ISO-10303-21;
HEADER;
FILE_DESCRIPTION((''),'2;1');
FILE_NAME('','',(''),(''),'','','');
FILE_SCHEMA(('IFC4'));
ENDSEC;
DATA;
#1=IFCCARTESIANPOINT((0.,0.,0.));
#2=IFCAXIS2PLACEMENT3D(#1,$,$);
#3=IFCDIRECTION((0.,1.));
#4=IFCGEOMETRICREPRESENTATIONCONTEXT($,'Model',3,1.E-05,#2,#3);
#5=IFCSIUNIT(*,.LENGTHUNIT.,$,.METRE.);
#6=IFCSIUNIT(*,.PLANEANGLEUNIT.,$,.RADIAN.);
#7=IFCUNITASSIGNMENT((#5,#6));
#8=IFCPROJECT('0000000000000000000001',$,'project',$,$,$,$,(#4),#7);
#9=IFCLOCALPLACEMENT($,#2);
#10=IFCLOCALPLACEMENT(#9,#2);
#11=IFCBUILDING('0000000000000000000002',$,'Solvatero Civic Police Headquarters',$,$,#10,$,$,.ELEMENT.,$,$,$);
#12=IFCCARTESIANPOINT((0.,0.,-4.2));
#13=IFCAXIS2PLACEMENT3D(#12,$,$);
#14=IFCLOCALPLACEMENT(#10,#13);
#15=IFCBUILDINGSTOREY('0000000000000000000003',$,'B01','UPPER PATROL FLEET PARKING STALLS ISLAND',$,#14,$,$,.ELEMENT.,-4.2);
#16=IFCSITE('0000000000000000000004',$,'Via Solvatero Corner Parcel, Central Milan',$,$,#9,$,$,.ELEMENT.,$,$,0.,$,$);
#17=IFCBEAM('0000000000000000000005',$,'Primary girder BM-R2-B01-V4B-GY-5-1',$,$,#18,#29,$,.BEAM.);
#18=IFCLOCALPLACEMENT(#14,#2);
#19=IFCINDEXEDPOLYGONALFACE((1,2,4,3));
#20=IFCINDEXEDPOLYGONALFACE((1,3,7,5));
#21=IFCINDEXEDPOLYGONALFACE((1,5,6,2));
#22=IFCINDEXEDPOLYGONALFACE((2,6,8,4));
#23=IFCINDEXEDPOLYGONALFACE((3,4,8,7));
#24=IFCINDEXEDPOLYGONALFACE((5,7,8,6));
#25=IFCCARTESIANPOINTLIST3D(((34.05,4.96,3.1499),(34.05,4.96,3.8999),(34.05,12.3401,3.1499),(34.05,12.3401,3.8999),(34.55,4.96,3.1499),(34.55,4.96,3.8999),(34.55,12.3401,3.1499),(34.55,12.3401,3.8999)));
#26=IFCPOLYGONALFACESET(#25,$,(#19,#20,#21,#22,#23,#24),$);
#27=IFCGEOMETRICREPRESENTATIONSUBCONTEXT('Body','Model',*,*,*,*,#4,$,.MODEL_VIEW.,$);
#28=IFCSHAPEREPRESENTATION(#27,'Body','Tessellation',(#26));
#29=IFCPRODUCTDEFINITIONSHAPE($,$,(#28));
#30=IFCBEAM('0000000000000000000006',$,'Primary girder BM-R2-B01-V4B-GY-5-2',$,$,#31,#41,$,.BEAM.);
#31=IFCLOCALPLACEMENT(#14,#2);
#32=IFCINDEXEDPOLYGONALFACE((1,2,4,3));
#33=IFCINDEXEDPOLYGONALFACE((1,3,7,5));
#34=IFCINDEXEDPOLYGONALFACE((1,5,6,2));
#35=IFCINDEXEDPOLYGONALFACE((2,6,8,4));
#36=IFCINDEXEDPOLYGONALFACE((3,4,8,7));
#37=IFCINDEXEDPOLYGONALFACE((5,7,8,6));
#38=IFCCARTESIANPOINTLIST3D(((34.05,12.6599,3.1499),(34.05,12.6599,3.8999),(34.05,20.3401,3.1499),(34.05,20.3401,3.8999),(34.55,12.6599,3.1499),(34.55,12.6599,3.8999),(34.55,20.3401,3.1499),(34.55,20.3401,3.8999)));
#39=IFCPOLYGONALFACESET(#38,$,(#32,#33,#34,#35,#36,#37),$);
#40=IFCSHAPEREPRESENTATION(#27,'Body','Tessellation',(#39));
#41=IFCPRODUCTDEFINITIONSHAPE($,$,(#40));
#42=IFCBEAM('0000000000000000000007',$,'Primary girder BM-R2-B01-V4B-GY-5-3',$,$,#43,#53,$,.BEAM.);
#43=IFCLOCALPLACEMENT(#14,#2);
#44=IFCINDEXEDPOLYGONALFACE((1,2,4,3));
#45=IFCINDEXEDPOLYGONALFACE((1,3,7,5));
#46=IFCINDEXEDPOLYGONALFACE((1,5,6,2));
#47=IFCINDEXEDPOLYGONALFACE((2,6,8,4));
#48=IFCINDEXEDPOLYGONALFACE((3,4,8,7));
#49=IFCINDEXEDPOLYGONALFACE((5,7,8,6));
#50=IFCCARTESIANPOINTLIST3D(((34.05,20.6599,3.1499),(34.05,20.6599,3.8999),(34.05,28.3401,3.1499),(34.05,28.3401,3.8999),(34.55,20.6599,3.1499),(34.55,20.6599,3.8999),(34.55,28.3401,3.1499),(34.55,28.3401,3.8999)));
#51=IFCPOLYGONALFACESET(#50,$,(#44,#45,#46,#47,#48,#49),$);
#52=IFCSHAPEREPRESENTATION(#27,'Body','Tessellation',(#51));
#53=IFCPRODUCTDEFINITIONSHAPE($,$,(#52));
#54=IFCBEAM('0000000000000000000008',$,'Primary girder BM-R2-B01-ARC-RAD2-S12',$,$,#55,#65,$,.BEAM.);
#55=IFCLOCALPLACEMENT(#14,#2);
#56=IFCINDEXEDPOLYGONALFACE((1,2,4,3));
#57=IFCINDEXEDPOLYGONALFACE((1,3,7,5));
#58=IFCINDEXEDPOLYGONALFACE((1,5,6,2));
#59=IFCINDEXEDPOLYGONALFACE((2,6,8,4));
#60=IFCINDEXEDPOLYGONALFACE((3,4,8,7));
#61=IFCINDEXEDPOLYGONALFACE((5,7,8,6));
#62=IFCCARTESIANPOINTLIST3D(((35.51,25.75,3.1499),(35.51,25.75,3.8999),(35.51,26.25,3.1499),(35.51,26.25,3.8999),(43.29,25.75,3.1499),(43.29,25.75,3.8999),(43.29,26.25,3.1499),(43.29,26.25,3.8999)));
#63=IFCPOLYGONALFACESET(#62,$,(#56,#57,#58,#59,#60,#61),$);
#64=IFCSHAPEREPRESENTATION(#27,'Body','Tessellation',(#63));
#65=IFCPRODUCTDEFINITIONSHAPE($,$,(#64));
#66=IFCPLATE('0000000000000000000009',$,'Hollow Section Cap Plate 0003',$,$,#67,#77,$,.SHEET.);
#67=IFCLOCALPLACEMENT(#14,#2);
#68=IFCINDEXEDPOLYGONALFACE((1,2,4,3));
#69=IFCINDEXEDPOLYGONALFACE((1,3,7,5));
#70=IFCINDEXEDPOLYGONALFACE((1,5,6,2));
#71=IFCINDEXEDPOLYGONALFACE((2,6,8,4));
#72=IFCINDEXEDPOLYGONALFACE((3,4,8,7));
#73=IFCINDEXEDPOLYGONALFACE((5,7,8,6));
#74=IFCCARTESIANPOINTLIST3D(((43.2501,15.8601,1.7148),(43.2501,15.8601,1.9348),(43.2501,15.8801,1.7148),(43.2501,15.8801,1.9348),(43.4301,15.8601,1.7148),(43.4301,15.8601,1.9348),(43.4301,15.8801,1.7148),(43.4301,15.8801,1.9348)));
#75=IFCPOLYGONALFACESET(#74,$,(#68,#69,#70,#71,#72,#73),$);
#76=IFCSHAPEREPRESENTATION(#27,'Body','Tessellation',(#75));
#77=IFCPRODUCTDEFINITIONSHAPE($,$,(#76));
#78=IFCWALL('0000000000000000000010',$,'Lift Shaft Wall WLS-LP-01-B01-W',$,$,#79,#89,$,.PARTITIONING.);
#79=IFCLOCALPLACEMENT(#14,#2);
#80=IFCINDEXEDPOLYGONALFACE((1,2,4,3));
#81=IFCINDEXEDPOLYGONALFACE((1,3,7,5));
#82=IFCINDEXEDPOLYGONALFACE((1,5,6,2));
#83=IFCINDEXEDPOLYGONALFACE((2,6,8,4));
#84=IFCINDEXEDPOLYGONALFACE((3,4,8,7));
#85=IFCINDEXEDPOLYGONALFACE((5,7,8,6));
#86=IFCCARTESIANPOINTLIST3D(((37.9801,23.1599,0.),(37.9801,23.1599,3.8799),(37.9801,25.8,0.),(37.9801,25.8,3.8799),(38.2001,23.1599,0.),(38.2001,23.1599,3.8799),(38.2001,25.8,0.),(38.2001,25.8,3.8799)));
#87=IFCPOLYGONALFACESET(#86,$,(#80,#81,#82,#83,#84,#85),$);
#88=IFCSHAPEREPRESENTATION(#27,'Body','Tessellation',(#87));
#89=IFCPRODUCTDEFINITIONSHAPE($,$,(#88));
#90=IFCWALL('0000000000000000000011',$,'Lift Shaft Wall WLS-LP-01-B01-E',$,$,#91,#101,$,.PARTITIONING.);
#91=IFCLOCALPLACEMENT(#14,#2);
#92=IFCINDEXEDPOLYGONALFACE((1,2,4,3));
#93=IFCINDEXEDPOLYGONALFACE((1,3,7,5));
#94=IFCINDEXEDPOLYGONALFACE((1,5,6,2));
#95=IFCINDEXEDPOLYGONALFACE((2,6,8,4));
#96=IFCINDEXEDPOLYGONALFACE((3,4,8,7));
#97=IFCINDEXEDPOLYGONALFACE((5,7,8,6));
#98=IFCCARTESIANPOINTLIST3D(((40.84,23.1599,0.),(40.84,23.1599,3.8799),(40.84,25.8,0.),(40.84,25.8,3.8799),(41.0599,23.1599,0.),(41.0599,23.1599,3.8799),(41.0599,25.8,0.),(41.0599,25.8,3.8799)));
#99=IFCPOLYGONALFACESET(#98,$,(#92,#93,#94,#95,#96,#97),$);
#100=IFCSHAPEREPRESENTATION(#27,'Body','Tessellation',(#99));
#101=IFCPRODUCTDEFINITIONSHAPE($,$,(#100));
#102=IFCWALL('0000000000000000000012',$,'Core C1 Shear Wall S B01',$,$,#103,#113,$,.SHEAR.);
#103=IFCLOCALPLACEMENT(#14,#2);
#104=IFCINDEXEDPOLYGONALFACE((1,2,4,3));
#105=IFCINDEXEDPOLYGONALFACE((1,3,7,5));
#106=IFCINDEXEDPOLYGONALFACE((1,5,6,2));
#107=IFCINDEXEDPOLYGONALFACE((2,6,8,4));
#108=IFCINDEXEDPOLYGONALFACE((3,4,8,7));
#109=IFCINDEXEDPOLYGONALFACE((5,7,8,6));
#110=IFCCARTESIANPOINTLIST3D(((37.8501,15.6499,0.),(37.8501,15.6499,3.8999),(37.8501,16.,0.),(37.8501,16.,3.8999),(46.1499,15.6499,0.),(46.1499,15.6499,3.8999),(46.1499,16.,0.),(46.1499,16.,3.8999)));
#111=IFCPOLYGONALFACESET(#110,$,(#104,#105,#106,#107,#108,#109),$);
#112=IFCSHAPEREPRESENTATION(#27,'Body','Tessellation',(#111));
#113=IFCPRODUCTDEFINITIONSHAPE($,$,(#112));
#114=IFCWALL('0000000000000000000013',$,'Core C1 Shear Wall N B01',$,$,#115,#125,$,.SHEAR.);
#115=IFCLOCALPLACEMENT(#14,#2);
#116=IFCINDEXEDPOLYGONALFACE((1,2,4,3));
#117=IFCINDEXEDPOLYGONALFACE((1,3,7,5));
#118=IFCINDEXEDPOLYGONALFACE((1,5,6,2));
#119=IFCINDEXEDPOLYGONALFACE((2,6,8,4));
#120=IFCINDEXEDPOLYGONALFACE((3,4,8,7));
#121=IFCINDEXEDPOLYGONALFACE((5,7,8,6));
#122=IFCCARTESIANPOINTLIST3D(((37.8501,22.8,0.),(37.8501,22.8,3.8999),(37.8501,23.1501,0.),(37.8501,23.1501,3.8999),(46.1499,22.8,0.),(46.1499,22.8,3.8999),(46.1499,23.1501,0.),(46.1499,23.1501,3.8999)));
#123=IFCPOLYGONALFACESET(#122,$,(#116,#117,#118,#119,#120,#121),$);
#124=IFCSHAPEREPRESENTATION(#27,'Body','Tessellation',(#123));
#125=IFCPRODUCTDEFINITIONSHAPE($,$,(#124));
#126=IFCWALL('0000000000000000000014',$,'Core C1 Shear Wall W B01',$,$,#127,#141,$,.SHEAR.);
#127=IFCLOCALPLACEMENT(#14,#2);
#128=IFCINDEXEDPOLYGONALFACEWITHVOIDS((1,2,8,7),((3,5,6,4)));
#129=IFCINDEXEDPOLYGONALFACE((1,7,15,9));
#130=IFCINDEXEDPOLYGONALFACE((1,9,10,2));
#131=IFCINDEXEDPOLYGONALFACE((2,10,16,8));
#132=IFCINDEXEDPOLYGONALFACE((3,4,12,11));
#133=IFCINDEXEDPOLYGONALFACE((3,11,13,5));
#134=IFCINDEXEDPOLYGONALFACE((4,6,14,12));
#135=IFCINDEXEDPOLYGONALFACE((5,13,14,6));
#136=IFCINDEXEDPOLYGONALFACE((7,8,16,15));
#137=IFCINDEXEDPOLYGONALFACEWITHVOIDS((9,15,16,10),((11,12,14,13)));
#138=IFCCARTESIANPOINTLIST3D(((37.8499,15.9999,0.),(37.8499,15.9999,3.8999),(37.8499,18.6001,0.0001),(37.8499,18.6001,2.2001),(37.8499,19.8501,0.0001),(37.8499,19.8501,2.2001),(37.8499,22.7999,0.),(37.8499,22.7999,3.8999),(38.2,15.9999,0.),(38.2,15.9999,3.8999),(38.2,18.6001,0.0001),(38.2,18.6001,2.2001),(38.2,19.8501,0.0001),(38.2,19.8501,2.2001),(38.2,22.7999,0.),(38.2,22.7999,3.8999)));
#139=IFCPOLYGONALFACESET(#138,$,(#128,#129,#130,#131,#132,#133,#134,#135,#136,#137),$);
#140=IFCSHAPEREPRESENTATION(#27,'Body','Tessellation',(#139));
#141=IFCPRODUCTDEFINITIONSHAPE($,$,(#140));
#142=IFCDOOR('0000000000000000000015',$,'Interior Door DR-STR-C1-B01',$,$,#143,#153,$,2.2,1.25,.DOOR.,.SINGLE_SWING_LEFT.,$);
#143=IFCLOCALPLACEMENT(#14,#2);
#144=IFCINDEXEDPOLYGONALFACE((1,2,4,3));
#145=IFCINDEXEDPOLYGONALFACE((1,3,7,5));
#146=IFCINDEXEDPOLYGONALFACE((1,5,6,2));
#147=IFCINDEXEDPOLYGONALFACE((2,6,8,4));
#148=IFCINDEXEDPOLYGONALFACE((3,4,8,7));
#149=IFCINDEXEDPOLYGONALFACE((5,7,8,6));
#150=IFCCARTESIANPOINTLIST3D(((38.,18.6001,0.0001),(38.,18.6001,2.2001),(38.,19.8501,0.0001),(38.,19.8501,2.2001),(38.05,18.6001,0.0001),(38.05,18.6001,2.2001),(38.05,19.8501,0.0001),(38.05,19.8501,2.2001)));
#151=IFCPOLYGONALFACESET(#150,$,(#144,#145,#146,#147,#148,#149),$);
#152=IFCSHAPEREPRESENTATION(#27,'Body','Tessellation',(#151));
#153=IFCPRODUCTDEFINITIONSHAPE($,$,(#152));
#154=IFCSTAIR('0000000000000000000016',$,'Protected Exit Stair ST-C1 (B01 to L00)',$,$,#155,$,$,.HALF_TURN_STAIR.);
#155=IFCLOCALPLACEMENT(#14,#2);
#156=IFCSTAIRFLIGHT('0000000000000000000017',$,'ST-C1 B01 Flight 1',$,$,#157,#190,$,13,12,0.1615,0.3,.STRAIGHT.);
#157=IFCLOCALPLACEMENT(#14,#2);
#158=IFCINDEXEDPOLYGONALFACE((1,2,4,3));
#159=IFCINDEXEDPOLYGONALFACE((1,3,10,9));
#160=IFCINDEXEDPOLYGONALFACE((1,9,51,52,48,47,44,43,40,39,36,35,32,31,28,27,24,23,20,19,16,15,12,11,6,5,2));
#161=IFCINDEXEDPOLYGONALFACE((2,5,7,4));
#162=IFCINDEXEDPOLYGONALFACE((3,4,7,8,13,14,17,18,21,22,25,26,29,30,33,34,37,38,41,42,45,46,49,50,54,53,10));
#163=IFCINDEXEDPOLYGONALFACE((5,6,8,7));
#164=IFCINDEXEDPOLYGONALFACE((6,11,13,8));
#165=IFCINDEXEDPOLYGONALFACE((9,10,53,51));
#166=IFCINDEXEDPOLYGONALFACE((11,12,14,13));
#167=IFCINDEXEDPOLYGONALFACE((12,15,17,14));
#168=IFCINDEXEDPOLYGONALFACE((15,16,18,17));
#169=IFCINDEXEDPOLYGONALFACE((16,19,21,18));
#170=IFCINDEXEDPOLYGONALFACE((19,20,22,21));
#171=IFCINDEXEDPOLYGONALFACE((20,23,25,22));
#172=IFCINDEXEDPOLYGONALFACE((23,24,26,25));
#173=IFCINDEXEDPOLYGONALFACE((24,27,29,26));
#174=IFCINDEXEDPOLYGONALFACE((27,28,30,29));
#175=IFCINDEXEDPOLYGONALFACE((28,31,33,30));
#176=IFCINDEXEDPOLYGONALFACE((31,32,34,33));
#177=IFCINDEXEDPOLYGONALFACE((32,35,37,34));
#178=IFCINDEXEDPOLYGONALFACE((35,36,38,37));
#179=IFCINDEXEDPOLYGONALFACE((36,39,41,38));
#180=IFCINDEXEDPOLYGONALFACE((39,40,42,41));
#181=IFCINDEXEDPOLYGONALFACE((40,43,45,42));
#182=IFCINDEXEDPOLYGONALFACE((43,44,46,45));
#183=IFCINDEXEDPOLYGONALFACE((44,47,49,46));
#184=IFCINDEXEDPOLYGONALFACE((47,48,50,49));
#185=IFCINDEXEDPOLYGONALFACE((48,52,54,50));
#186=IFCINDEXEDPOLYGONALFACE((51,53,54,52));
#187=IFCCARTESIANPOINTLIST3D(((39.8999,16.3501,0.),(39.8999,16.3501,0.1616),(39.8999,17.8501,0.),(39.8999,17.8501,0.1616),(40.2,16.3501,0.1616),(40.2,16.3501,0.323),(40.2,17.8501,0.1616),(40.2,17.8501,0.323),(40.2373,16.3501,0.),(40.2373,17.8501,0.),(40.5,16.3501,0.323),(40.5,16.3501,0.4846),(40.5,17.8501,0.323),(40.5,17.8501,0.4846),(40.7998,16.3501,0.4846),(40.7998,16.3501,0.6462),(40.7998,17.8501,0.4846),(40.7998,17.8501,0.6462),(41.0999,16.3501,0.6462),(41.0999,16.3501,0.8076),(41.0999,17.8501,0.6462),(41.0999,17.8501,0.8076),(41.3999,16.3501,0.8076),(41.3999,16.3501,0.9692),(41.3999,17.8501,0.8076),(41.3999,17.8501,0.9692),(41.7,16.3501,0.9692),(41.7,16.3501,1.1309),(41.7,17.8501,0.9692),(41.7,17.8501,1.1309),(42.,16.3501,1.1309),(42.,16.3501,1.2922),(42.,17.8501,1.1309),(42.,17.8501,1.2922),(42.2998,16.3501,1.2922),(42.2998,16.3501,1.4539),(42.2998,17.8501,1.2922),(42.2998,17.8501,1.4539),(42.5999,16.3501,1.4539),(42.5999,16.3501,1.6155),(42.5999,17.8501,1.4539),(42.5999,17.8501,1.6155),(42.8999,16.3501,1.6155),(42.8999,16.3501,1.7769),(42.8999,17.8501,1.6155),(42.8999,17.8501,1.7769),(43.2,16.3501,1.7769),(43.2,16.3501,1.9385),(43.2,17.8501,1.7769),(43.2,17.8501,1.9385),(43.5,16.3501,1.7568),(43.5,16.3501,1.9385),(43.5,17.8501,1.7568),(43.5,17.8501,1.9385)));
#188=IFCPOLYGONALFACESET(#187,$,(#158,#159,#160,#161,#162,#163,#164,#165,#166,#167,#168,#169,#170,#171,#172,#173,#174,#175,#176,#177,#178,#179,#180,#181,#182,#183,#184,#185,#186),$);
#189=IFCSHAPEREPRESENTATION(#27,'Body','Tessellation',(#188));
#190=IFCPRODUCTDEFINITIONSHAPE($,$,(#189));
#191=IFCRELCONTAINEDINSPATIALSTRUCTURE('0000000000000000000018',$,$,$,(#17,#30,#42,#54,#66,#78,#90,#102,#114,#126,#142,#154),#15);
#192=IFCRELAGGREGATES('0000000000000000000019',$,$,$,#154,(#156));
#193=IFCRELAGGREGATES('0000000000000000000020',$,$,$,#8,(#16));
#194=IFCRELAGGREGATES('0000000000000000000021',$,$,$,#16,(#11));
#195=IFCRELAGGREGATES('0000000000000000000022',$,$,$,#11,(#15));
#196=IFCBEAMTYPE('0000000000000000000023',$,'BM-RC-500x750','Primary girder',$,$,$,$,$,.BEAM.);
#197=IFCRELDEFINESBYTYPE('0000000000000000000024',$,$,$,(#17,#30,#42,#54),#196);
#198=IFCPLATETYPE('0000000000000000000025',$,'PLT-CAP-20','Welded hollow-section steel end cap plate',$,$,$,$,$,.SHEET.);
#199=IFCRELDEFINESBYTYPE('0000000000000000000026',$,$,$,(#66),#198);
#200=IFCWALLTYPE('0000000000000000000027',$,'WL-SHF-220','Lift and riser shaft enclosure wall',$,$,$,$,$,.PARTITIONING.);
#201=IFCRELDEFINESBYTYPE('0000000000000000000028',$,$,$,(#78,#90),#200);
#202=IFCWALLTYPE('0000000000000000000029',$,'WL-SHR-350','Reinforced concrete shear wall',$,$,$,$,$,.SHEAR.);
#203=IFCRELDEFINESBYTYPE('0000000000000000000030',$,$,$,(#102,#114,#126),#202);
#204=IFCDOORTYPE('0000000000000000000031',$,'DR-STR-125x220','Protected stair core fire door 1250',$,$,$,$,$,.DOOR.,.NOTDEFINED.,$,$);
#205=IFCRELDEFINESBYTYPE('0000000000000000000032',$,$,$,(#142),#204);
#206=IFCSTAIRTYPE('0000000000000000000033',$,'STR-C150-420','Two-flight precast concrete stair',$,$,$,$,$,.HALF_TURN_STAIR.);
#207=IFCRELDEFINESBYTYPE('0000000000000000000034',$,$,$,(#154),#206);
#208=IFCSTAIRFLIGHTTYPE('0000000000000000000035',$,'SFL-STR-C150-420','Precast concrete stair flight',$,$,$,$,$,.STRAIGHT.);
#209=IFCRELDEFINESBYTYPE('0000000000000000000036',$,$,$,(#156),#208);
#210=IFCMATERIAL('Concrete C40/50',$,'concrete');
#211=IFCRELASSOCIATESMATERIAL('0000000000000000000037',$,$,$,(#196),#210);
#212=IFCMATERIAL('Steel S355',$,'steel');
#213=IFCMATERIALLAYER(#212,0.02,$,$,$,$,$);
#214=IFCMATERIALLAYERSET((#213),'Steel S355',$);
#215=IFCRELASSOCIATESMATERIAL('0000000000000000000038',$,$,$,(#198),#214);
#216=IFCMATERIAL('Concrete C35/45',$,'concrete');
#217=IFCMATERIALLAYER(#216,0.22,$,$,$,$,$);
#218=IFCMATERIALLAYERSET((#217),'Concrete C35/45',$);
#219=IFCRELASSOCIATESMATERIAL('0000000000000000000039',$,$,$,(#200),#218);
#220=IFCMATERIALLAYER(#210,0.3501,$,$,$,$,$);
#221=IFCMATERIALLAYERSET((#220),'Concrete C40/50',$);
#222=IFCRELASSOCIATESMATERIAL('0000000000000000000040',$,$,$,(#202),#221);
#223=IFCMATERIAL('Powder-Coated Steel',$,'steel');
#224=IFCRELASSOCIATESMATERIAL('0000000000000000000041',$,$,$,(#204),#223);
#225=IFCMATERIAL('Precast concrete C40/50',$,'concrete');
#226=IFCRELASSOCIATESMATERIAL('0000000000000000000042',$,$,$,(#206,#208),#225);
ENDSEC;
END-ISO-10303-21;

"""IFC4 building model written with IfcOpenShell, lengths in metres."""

from ifc_helpers import new_model, si_unit, direction, frame, frame_2d, origin, origin_2d, place, context, subcontext, project, spatial, polyline, rectangle, outline, extrude, material, layer, layer_set, material_profile, profile_set, type_object, element, fill, aggregate, save


model = new_model("IFC4")

# Units and contexts
model_context = context("Model", 3, precision=1e-05, world=origin(), true_north=direction((0.0, 1.0)))
body_context = subcontext(model_context, "Body", "Model", "MODEL_VIEW")
ifc_project = project(units=[si_unit("LENGTHUNIT", "METRE"), si_unit("PLANEANGLEUNIT", "RADIAN")], contexts=[model_context])

# Site, building, storey
site_placement = place(None, origin())
site = spatial("IfcSite", under=ifc_project, at=site_placement, Name="Via Solvatero Corner Parcel, Central Milan", CompositionType="ELEMENT", RefElevation=0.0)
building_placement = place(site_placement, origin())
building = spatial("IfcBuilding", under=site, at=building_placement, Name="Solvatero Civic Police Headquarters", CompositionType="ELEMENT")
storey_placement = place(building_placement, frame((0.0, 0.0, -4.2)))
storey = spatial("IfcBuildingStorey", under=building, at=storey_placement, Name="B01", Description="UPPER PATROL FLEET PARKING STALLS ISLAND", CompositionType="ELEMENT", Elevation=-4.2)

# Shared definitions
ifc_material_1 = material(Name="Concrete C40/50", Category="concrete")

# Beams
ifc_material_profile_1 = material_profile(ifc_material_1, rectangle(XDim=0.5, YDim=0.75, at=origin_2d()), Name="RC 500x750")
ifc_profile_set_1 = profile_set([ifc_material_profile_1], Name="Concrete C40/50")
beam_type_1 = type_object("IfcBeamType", Name="BM-RC-500x750", Description="Primary girder", PredefinedType="BEAM", material=ifc_profile_set_1)
beam_1_placement = place(storey_placement, frame((34.3, 4.96, 3.5249), z_axis=(0.0, 1.0, 0.0), x_axis=(-1.0, 0.0, 0.0)))
element("IfcBeam", 1, at=beam_1_placement, inside=storey, type_object=beam_type_1, Name="Primary girder BM-R2-B01-V4B-GY-5-1", PredefinedType="BEAM", context=body_context, shape_type="SweptSolid", body=[
    extrude(rectangle(XDim=0.5, YDim=0.75, at=origin_2d()), origin(), (0.0, 0.0, 1.0), 7.3801),
])
for number, where, z_axis, x_axis, name in (
    (2, (34.3, 12.6599, 3.5249), (0.0, 1.0, 0.0), (-1.0, 0.0, 0.0), "Primary girder BM-R2-B01-V4B-GY-5-2"),
    (3, (34.3, 20.6599, 3.5249), (0.0, 1.0, 0.0), (-1.0, 0.0, 0.0), "Primary girder BM-R2-B01-V4B-GY-5-3"),
):
    element("IfcBeam", number, at=place(storey_placement, frame(where, z_axis=z_axis, x_axis=x_axis)), inside=storey, type_object=beam_type_1, Name=name, PredefinedType="BEAM", context=body_context, shape_type="SweptSolid", body=[
        extrude(rectangle(XDim=0.5, YDim=0.75, at=origin_2d()), origin(), (0.0, 0.0, 1.0), 7.6802),
    ])
beam_2_placement = place(storey_placement, frame((43.29, 26.0, 3.5249), z_axis=(-1.0, 0.0, 0.0), x_axis=(0.0, -1.0, 0.0)))
element("IfcBeam", 4, at=beam_2_placement, inside=storey, type_object=beam_type_1, Name="Primary girder BM-R2-B01-ARC-RAD2-S12", PredefinedType="BEAM", context=body_context, shape_type="SweptSolid", body=[
    extrude(rectangle(XDim=0.5, YDim=0.75, at=origin_2d()), origin(), (0.0, 0.0, 1.0), 7.78),
])

# Plate
ifc_material_2 = material(Name="Steel S355", Category="steel")
ifc_layer_1 = layer(ifc_material_2, 0.02)
ifc_layer_set_1 = layer_set([ifc_layer_1], Name="Steel S355")
plate_type = type_object("IfcPlateType", Name="PLT-CAP-20", Description="Welded hollow-section steel end cap plate", PredefinedType="SHEET", material=ifc_layer_set_1)
plate_placement = place(storey_placement, frame((43.3401, 15.8701, 1.7148), z_axis=(0.0, 0.0, 1.0), x_axis=(1.0, 0.0, 0.0)))
element("IfcPlate", 5, at=plate_placement, inside=storey, type_object=plate_type, Name="Hollow Section Cap Plate 0003", PredefinedType="SHEET", context=body_context, shape_type="SweptSolid", body=[
    extrude(rectangle(XDim=0.1799, YDim=0.02, at=origin_2d()), origin(), (0.0, 0.0, 1.0), 0.22),
])

# Shared definitions
ifc_material_3 = material(Name="Concrete C35/45", Category="concrete")
ifc_layer_2 = layer(ifc_material_3, 0.22)
ifc_layer_set_2 = layer_set([ifc_layer_2], Name="Concrete C35/45")
wall_type_1 = type_object("IfcWallType", Name="WL-SHF-220", Description="Lift and riser shaft enclosure wall", PredefinedType="PARTITIONING", material=ifc_layer_set_2)

# Walls
for number, where, z_axis, x_axis, name in (
    (6, (38.0901, 23.1599, 0.0), (0.0, 0.0, 1.0), (0.0, 1.0, 0.0), "Lift Shaft Wall WLS-LP-01-B01-W"),
    (7, (40.95, 23.1599, 0.0), (0.0, 0.0, 1.0), (0.0, 1.0, 0.0), "Lift Shaft Wall WLS-LP-01-B01-E"),
):
    element("IfcWall", number, at=place(storey_placement, frame(where, z_axis=z_axis, x_axis=x_axis)), inside=storey, type_object=wall_type_1, Name=name, PredefinedType="PARTITIONING", context=body_context, shape_type="SweptSolid", body=[
        extrude(rectangle(XDim=2.6401, YDim=0.22, at=frame_2d((1.3201, 0.0))), origin(), (0.0, 0.0, 1.0), 3.8799),
    ])

# Walls
ifc_layer_3 = layer(ifc_material_1, 0.3501)
ifc_layer_set_3 = layer_set([ifc_layer_3], Name="Concrete C40/50")
wall_type_2 = type_object("IfcWallType", Name="WL-SHR-350", Description="Reinforced concrete shear wall", PredefinedType="SHEAR", material=ifc_layer_set_3)
for number, where, z_axis, x_axis, name in (
    (8, (37.8501, 15.825, 0.0), (0.0, 0.0, 1.0), (1.0, 0.0, 0.0), "Core C1 Shear Wall S B01"),
    (9, (37.8501, 22.9751, 0.0), (0.0, 0.0, 1.0), (1.0, 0.0, 0.0), "Core C1 Shear Wall N B01"),
):
    element("IfcWall", number, at=place(storey_placement, frame(where, z_axis=z_axis, x_axis=x_axis)), inside=storey, type_object=wall_type_2, Name=name, PredefinedType="SHEAR", context=body_context, shape_type="SweptSolid", body=[
        extrude(rectangle(XDim=8.2998, YDim=0.3501, at=frame_2d((4.1499, 0.0))), origin(), (0.0, 0.0, 1.0), 3.8999),
    ])

# Wall, opening, door
wall_1_placement = place(storey_placement, frame((38.0249, 16.0, 0.0), z_axis=(0.0, 0.0, 1.0), x_axis=(0.0, 1.0, 0.0)))
wall_1 = element("IfcWall", 10, at=wall_1_placement, inside=storey, type_object=wall_type_2, Name="Core C1 Shear Wall W B01", PredefinedType="SHEAR", context=body_context, shape_type="SweptSolid", body=[
    extrude(rectangle(XDim=6.8, YDim=0.3501, at=frame_2d((3.3999, 0.0))), origin(), (0.0, 0.0, 1.0), 3.8999),
])
opening_1_placement = place(wall_1_placement, frame((2.6001, 0.0, 0.0)))
opening_1 = element("IfcOpeningElement", 11, at=opening_1_placement, cuts=wall_1, PredefinedType="OPENING", context=body_context, shape_type="SweptSolid", body=[
    extrude(rectangle(XDim=1.25, YDim=2.2, at=frame_2d((0.625, 1.1001))), frame((0.0, 0.1851, 0.0), z_axis=(0.0, -1.0, 0.0), x_axis=(1.0, 0.0, 0.0)), (0.0, 0.0, 1.0), 0.3701),
])
ifc_material_4 = material(Name="Powder-Coated Steel", Category="steel")
door_type_1 = type_object("IfcDoorType", Name="DR-STR-125x220", Description="Protected stair core fire door 1250", OperationType="NOTDEFINED", PredefinedType="DOOR", material=ifc_material_4)
door_1_placement = place(opening_1_placement, origin())
door_1 = element("IfcDoor", 12, at=door_1_placement, inside=storey, type_object=door_type_1, Name="Interior Door DR-STR-C1-B01", OperationType="SINGLE_SWING_LEFT", OverallHeight=2.2, OverallWidth=1.25, PredefinedType="DOOR", context=body_context, shape_type="SweptSolid", body=[
    extrude(rectangle(XDim=1.25, YDim=2.2, at=frame_2d((0.625, 1.1001))), frame((0.0, 0.0249, 0.0), z_axis=(0.0, -1.0, 0.0), x_axis=(1.0, 0.0, 0.0)), (0.0, 0.0, 1.0), 0.05),
])
fill(opening_1, door_1)

# Stair, stair flight
ifc_material_5 = material(Name="Precast concrete C40/50", Category="concrete")
stair_type = type_object("IfcStairType", Name="STR-C150-420", Description="Two-flight precast concrete stair", PredefinedType="HALF_TURN_STAIR", material=ifc_material_5)
stair_placement = place(storey_placement, origin())
stair = element("IfcStair", 13, at=stair_placement, inside=storey, type_object=stair_type, Name="Protected Exit Stair ST-C1 (B01 to L00)", PredefinedType="HALF_TURN_STAIR")
stair_flight_type = type_object("IfcStairFlightType", Name="SFL-STR-C150-420", Description="Precast concrete stair flight", PredefinedType="STRAIGHT", material=ifc_material_5)
stair_flight_placement = place(storey_placement, frame((39.8999, 17.1001, 0.0), z_axis=(0.0, 0.0, 1.0), x_axis=(1.0, 0.0, 0.0)))
stair_flight = element("IfcStairFlight", 14, at=stair_flight_placement, type_object=stair_flight_type, Name="ST-C1 B01 Flight 1", NumberOfRisers=13, NumberOfTreads=12, PredefinedType="STRAIGHT", RiserHeight=0.1615, TreadLength=0.3, context=body_context, shape_type="SweptSolid", body=[
    extrude(outline(polyline([(0.0, 0.0), (0.0, 0.1616), (0.3, 0.1616), (0.3, 0.323), (0.6001, 0.323), (0.6001, 0.4846), (0.8999, 0.4846), (0.8999, 0.6462), (1.2, 0.6462), (1.2, 0.8076), (1.5, 0.8076), (1.5, 0.9692), (1.8, 0.9692), (1.8, 1.1309), (2.1001, 1.1309), (2.1001, 1.2922), (2.3999, 1.2922), (2.3999, 1.4539), (2.7, 1.4539), (2.7, 1.6155), (3.0, 1.6155), (3.0, 1.7769), (3.3, 1.7769), (3.3, 1.9385), (3.6001, 1.9385), (3.6001, 2.1001), (3.6001, 1.7568), (0.3374, 0.0), (0.0, 0.0)])), frame((0.0, 0.75, 0.0), z_axis=(0.0, -1.0, 0.0), x_axis=(1.0, 0.0, 0.0)), (0.0, 0.0, 1.0), 1.5),
])
aggregate(stair, [stair_flight])

save(model, "model.ifc")
